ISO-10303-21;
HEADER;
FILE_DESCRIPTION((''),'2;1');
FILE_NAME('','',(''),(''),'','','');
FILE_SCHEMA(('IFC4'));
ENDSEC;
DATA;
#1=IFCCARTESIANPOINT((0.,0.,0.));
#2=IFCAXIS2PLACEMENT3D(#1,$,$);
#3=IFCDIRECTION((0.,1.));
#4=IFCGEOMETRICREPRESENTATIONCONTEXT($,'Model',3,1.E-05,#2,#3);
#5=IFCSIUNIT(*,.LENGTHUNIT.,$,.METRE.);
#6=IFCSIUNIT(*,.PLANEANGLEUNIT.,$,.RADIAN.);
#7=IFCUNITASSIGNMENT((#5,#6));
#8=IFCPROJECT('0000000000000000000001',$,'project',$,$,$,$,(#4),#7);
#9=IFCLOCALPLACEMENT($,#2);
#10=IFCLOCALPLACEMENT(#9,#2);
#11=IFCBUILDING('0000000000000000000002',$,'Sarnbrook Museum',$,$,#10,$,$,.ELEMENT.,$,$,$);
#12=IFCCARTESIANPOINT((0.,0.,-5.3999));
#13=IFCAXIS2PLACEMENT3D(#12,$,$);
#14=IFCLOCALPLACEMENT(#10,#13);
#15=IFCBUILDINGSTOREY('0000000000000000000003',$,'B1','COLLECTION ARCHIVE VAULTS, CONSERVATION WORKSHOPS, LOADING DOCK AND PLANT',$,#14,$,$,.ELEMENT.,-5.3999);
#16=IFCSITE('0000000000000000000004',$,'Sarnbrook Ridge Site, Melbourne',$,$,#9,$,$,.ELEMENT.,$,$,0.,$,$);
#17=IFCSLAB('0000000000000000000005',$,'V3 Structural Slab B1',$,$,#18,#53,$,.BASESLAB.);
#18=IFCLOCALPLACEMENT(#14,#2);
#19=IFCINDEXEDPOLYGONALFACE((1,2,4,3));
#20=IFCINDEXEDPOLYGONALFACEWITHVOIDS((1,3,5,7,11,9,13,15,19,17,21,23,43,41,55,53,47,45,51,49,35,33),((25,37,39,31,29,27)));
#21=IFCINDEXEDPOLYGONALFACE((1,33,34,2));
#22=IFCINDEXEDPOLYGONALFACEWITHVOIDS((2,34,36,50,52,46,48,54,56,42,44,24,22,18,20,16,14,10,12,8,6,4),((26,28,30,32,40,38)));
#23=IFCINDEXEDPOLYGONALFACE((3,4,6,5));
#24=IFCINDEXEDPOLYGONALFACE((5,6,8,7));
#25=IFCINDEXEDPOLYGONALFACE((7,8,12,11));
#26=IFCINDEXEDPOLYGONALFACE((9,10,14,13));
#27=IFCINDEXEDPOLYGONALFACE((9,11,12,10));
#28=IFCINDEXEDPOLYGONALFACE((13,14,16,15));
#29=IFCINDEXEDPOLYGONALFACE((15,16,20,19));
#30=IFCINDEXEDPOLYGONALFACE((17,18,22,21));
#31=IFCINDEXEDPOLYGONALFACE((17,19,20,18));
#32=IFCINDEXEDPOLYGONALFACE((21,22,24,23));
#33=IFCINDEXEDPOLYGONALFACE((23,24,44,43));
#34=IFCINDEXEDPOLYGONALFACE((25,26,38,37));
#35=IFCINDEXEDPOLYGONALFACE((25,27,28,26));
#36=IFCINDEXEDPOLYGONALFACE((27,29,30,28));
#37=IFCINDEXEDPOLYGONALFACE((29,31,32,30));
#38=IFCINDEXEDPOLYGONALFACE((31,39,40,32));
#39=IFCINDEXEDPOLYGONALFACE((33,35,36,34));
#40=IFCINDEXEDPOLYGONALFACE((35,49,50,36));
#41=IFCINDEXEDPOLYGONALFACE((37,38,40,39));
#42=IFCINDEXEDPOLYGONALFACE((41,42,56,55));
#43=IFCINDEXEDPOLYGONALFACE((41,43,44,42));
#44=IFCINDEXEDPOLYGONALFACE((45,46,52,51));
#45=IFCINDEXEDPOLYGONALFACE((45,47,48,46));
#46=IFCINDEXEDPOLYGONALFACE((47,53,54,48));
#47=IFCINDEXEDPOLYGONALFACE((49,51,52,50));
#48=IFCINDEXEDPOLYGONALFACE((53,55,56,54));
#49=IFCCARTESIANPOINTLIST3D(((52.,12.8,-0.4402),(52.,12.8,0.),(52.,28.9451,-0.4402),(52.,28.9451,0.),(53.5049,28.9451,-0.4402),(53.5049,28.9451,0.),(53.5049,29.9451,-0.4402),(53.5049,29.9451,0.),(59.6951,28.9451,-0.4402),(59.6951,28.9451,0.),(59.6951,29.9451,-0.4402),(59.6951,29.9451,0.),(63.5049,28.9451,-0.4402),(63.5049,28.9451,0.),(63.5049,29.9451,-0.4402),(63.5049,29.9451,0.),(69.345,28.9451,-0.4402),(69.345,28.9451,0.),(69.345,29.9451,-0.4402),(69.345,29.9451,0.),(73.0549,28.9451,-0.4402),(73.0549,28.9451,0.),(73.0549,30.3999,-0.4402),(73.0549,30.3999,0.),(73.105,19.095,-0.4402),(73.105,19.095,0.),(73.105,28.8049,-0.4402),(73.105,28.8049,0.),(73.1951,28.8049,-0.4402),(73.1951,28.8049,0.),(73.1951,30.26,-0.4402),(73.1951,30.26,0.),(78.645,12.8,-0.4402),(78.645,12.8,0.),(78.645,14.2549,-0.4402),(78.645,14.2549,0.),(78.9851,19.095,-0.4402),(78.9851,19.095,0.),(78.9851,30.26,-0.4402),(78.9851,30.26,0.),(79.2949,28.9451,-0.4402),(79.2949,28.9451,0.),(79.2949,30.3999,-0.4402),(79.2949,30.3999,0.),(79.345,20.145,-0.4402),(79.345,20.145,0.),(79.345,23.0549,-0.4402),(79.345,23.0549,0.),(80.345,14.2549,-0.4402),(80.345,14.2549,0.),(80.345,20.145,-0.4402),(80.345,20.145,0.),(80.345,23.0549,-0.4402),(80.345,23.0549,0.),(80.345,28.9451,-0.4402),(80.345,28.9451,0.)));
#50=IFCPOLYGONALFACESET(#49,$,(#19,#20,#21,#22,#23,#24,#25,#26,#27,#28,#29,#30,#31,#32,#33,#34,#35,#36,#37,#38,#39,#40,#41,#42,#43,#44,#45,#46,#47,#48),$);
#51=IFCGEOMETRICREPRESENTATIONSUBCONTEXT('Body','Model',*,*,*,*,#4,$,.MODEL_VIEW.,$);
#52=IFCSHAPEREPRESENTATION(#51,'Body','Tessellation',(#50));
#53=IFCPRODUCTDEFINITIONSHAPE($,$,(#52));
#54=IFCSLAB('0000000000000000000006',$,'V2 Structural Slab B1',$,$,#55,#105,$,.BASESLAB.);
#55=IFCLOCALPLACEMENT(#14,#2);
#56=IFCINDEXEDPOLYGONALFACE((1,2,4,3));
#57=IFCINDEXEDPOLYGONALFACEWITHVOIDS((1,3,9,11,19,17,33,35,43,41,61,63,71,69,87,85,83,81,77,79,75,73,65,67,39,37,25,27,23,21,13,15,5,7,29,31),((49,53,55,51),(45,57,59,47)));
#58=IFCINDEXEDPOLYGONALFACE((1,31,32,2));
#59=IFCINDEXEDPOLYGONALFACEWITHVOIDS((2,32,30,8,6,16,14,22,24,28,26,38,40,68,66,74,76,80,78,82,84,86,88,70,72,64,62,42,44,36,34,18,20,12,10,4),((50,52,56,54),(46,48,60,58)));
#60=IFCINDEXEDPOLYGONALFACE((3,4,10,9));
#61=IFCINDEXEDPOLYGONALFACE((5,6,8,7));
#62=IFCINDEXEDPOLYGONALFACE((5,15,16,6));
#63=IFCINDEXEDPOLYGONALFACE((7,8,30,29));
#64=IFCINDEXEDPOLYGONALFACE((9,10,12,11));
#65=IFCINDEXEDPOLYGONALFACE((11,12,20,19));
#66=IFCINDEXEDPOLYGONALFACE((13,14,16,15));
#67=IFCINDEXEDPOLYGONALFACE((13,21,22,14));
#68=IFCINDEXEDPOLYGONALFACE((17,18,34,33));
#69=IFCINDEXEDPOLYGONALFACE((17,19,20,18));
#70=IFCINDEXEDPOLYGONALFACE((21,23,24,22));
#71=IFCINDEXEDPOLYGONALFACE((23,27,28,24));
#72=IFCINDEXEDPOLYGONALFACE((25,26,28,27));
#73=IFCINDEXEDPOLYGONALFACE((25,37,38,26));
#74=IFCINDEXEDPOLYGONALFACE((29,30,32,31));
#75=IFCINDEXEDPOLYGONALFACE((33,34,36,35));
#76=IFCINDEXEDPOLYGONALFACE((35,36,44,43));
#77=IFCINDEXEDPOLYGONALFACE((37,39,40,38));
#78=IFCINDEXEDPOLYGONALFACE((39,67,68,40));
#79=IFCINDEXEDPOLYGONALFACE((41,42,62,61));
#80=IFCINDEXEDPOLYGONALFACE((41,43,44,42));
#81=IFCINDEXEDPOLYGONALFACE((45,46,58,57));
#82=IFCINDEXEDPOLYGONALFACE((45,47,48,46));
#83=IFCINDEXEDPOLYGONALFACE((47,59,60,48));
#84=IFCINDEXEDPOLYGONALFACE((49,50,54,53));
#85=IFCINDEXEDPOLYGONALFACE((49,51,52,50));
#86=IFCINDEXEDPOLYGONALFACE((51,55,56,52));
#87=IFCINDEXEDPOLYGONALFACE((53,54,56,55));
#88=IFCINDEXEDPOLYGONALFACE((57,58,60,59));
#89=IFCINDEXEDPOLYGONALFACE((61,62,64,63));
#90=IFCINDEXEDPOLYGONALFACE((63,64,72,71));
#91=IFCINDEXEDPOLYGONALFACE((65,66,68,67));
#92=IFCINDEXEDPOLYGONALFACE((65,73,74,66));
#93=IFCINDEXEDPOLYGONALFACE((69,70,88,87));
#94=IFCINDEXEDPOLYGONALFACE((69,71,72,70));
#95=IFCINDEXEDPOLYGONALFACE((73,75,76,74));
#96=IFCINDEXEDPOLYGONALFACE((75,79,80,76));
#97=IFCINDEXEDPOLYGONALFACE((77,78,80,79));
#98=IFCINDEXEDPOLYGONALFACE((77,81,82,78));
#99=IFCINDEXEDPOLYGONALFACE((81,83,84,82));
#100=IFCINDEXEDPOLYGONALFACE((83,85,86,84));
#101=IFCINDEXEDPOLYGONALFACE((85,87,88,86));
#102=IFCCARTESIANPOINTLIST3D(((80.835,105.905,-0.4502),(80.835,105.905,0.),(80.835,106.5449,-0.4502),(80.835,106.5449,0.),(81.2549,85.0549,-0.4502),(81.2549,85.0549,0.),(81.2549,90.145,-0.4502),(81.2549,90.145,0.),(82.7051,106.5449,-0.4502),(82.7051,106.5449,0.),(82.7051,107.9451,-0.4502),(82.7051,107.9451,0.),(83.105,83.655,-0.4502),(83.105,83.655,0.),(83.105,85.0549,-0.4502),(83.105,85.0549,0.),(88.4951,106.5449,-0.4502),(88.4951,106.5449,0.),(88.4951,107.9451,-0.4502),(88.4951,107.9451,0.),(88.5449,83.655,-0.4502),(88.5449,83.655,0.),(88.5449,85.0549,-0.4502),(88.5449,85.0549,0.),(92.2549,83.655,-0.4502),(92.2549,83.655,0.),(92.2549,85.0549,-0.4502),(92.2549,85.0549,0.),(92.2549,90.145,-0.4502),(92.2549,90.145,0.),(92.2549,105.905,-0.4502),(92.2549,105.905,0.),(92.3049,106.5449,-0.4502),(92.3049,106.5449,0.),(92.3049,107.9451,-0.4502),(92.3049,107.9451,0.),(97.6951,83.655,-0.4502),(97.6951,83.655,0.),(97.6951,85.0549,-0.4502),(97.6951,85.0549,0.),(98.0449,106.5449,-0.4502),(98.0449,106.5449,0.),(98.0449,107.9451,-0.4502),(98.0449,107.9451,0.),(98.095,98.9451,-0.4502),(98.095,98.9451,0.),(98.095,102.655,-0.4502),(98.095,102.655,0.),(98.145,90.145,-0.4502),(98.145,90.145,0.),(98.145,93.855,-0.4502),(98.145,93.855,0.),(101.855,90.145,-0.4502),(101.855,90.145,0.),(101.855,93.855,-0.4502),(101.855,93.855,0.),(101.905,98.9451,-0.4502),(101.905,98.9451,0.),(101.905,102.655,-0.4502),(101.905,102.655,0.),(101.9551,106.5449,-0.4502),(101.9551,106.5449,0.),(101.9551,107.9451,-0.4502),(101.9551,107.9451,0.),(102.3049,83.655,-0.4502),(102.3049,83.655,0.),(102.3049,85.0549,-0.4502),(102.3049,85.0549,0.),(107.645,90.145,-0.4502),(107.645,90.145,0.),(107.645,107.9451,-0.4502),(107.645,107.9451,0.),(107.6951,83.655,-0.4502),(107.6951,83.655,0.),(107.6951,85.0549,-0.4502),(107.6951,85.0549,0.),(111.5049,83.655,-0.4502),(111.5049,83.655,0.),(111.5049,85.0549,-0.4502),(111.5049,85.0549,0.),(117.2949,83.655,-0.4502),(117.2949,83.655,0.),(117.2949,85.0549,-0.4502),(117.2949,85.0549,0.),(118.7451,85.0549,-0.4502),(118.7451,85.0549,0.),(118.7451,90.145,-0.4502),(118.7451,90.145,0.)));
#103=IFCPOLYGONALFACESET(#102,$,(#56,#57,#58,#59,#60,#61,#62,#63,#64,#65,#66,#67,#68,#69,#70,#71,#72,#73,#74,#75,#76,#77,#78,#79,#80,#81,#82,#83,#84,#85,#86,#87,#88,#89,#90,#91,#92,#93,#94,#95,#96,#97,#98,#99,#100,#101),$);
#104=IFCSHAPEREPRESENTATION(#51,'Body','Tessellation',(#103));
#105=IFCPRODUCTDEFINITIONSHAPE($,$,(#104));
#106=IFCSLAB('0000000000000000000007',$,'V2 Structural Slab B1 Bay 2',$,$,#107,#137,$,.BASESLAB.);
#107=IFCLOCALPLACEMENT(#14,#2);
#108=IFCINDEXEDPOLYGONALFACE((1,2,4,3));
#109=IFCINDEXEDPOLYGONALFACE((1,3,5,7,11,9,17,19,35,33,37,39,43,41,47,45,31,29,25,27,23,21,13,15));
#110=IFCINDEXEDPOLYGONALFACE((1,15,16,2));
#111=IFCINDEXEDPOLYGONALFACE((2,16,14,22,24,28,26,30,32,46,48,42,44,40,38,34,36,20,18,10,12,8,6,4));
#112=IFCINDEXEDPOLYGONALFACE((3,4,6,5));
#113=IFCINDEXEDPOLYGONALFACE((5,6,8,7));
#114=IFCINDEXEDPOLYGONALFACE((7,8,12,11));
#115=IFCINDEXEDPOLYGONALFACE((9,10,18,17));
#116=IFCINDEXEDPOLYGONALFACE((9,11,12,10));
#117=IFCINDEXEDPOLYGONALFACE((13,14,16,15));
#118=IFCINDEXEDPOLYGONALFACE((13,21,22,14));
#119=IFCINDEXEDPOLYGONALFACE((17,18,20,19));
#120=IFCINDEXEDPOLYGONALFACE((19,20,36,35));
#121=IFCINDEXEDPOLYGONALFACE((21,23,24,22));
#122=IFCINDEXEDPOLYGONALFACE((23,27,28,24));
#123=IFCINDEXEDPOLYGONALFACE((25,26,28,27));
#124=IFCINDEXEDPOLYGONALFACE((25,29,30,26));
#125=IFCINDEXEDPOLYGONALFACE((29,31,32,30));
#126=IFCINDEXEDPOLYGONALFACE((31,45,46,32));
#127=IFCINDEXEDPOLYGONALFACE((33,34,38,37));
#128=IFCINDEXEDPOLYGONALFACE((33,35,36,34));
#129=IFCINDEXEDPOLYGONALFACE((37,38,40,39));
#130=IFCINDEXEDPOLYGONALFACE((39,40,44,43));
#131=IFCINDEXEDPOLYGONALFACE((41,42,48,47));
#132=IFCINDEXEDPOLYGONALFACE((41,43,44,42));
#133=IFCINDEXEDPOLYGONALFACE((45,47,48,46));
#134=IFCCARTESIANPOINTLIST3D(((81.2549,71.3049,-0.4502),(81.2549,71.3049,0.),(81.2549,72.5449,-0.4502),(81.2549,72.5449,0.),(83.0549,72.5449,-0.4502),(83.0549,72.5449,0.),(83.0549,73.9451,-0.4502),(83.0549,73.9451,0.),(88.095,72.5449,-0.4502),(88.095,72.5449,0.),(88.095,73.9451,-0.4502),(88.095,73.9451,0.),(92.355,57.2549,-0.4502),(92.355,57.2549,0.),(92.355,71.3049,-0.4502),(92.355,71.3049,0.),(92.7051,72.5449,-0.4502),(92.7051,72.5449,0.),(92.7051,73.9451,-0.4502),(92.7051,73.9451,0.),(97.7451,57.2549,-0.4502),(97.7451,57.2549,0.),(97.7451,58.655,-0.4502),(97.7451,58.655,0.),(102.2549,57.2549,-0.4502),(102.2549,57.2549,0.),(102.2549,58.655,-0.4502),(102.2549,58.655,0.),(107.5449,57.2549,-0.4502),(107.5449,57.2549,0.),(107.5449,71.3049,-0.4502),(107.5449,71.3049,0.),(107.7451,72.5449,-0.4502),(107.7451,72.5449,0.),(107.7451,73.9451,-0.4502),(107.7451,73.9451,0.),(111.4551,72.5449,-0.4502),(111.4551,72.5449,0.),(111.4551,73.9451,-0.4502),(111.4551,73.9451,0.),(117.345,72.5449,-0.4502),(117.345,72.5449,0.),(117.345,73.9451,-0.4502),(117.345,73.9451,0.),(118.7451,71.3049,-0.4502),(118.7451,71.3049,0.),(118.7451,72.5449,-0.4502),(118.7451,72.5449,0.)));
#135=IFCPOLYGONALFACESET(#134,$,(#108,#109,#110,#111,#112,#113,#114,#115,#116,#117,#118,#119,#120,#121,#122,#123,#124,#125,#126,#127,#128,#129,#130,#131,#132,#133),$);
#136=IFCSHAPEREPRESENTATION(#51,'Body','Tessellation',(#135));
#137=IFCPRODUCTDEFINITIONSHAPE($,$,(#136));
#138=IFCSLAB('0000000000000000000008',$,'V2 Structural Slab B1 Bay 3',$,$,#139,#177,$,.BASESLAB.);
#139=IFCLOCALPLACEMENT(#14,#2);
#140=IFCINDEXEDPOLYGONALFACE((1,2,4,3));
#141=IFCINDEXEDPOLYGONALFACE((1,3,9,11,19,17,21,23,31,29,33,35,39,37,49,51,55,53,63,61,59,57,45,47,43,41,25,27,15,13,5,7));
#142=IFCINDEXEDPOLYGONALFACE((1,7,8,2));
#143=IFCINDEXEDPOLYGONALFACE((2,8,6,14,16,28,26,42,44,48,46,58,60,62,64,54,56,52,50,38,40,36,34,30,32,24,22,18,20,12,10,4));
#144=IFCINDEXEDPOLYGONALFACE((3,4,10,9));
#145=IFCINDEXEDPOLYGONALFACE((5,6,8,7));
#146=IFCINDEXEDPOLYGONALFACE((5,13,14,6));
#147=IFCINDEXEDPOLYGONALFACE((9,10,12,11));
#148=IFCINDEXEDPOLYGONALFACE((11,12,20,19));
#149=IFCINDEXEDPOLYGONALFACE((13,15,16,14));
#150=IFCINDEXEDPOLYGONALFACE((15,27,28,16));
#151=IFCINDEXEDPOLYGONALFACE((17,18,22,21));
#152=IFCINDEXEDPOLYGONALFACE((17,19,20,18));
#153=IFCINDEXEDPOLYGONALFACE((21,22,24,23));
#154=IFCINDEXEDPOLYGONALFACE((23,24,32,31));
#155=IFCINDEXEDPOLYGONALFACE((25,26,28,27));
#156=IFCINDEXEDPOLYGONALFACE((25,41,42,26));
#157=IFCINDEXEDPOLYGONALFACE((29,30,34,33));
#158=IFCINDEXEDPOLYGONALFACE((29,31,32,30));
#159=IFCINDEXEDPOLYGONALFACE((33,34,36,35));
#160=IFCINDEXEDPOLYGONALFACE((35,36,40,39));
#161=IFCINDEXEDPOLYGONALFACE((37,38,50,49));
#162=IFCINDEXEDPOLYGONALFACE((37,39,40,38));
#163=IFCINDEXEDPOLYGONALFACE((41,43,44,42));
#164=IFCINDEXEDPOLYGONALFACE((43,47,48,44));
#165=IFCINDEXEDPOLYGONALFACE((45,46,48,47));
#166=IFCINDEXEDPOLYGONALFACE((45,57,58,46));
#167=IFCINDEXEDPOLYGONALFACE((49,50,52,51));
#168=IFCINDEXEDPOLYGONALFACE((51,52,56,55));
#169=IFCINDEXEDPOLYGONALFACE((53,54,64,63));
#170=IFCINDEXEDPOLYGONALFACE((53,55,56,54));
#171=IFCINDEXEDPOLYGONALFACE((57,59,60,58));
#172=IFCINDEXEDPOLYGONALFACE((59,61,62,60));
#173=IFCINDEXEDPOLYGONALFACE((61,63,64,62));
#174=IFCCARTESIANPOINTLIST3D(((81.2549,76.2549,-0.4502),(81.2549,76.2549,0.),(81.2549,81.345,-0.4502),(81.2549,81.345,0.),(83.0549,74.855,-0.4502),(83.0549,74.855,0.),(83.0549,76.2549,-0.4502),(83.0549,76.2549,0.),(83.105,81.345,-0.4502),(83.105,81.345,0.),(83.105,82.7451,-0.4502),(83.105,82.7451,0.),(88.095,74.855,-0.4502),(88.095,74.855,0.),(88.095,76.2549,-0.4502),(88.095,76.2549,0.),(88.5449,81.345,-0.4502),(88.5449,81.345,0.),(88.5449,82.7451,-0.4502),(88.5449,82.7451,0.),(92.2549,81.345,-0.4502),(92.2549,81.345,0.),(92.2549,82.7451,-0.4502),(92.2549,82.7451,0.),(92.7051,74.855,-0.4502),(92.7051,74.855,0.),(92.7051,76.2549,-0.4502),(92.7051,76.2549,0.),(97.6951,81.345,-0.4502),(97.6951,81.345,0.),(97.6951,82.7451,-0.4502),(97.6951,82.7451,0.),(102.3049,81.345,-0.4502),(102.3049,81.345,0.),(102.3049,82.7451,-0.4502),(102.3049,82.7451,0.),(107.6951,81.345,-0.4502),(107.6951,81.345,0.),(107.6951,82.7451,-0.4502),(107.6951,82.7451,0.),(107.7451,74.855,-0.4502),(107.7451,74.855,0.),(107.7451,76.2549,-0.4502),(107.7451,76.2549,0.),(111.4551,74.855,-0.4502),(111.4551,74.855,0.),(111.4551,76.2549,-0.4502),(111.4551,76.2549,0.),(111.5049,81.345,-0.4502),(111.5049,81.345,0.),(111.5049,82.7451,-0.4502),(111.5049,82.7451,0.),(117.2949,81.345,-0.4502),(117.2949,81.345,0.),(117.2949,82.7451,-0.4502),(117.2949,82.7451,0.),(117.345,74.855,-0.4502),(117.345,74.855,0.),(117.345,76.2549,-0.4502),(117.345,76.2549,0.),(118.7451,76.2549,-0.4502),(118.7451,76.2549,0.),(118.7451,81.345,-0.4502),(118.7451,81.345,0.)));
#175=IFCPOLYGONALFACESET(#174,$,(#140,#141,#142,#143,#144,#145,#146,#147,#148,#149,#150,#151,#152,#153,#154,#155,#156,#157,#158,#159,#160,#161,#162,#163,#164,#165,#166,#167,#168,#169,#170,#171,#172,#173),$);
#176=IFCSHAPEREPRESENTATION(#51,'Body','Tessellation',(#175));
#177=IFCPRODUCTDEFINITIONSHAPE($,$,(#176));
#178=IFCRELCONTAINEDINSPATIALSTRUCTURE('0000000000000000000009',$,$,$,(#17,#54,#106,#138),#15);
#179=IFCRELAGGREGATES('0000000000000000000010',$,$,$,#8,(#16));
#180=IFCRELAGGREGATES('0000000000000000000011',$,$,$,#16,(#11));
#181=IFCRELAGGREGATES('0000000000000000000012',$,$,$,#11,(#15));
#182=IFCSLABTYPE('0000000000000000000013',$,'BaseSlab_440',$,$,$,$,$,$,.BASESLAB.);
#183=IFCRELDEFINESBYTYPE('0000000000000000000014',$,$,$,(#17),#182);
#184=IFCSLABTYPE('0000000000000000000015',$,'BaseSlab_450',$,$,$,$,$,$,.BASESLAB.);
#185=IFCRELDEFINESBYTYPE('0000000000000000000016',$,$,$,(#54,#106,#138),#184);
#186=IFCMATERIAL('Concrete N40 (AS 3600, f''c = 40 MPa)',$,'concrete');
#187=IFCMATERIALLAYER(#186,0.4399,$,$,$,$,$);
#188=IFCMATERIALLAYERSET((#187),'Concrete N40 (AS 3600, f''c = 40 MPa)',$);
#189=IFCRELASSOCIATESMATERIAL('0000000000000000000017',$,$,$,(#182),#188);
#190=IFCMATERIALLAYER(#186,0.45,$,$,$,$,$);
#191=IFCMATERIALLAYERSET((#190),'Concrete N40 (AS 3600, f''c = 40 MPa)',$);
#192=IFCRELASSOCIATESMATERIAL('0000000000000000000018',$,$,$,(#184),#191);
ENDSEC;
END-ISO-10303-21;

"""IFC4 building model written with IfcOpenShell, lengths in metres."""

from ifc_helpers import new_model, si_unit, direction, frame, origin, place, context, subcontext, project, spatial, polyline, outline, extrude, material, layer, layer_set, type_object, element, save


model = new_model("IFC4")

# Units and contexts
model_context = context("Model", 3, precision=1e-05, world=origin(), true_north=direction((0.0, 1.0)))
body_context = subcontext(model_context, "Body", "Model", "MODEL_VIEW")
ifc_project = project(units=[si_unit("LENGTHUNIT", "METRE"), si_unit("PLANEANGLEUNIT", "RADIAN")], contexts=[model_context])

# Site, building, storey
site_placement = place(None, origin())
site = spatial("IfcSite", under=ifc_project, at=site_placement, Name="Sarnbrook Ridge Site, Melbourne", CompositionType="ELEMENT", RefElevation=0.0)
building_placement = place(site_placement, origin())
building = spatial("IfcBuilding", under=site, at=building_placement, Name="Sarnbrook Museum", CompositionType="ELEMENT")
storey_placement = place(building_placement, frame((0.0, 0.0, -5.3999)))
storey = spatial("IfcBuildingStorey", under=building, at=storey_placement, Name="B1", Description="COLLECTION ARCHIVE VAULTS, CONSERVATION WORKSHOPS, LOADING DOCK AND PLANT", CompositionType="ELEMENT", Elevation=-5.3999)

# Slabs
ifc_material = material(Name="Concrete N40 (AS 3600, f'c = 40 MPa)", Category="concrete")
ifc_layer_1 = layer(ifc_material, 0.4399)
ifc_layer_set_1 = layer_set([ifc_layer_1], Name="Concrete N40 (AS 3600, f'c = 40 MPa)")
slab_type_1 = type_object("IfcSlabType", Name="BaseSlab_440", PredefinedType="BASESLAB", material=ifc_layer_set_1)
slab_1_placement = place(storey_placement, frame((0.0, 0.0, -0.4402)))
element("IfcSlab", 1, at=slab_1_placement, inside=storey, type_object=slab_type_1, Name="V3 Structural Slab B1", PredefinedType="BASESLAB", context=body_context, shape_type="SweptSolid", body=[
    extrude(outline(polyline([(79.2949, 28.9451), (80.345, 28.9451), (80.345, 23.0549), (79.345, 23.0549), (79.345, 20.145), (80.345, 20.145), (80.345, 14.2549), (78.645, 14.2549), (78.645, 12.8), (52.0, 12.8), (52.0, 28.9451), (53.5049, 28.9451), (53.5049, 29.9451), (59.6951, 29.9451), (59.6951, 28.9451), (63.5049, 28.9451), (63.5049, 29.9451), (69.345, 29.9451), (69.345, 28.9451), (73.0549, 28.9451), (73.0549, 30.3999), (79.2949, 30.3999), (79.2949, 28.9451)]), holes=[polyline([(78.9851, 19.095), (73.105, 19.095), (73.105, 28.8049), (73.1951, 28.8049), (73.1951, 30.26), (78.9851, 30.26), (78.9851, 19.095)])]), origin(), (0.0, 0.0, 1.0), 0.4402),
])
ifc_layer_2 = layer(ifc_material, 0.45)
ifc_layer_set_2 = layer_set([ifc_layer_2], Name="Concrete N40 (AS 3600, f'c = 40 MPa)")
slab_type_2 = type_object("IfcSlabType", Name="BaseSlab_450", PredefinedType="BASESLAB", material=ifc_layer_set_2)
slab_2_placement = place(storey_placement, frame((0.0, 0.0, -0.4502)))
element("IfcSlab", 2, at=slab_2_placement, inside=storey, type_object=slab_type_2, Name="V2 Structural Slab B1", PredefinedType="BASESLAB", context=body_context, shape_type="SweptSolid", body=[
    extrude(outline(polyline([(82.7051, 106.5449), (82.7051, 107.9451), (88.4951, 107.9451), (88.4951, 106.5449), (92.3049, 106.5449), (92.3049, 107.9451), (98.0449, 107.9451), (98.0449, 106.5449), (101.9551, 106.5449), (101.9551, 107.9451), (107.645, 107.9451), (107.645, 90.145), (118.7451, 90.145), (118.7451, 85.0549), (117.2949, 85.0549), (117.2949, 83.655), (111.5049, 83.655), (111.5049, 85.0549), (107.6951, 85.0549), (107.6951, 83.655), (102.3049, 83.655), (102.3049, 85.0549), (97.6951, 85.0549), (97.6951, 83.655), (92.2549, 83.655), (92.2549, 85.0549), (88.5449, 85.0549), (88.5449, 83.655), (83.105, 83.655), (83.105, 85.0549), (81.2549, 85.0549), (81.2549, 90.145), (92.2549, 90.145), (92.2549, 105.905), (80.835, 105.905), (80.835, 106.5449), (82.7051, 106.5449)]), holes=[polyline([(101.855, 90.145), (98.145, 90.145), (98.145, 93.855), (101.855, 93.855), (101.855, 90.145)]), polyline([(101.905, 98.9451), (98.095, 98.9451), (98.095, 102.655), (101.905, 102.655), (101.905, 98.9451)])]), origin(), (0.0, 0.0, 1.0), 0.4502),
])
slab_3_placement = place(storey_placement, frame((0.0, 0.0, -0.4502)))
element("IfcSlab", 3, at=slab_3_placement, inside=storey, type_object=slab_type_2, Name="V2 Structural Slab B1 Bay 2", PredefinedType="BASESLAB", context=body_context, shape_type="SweptSolid", body=[
    extrude(outline(polyline([(92.7051, 73.9451), (107.7451, 73.9451), (107.7451, 72.5449), (111.4551, 72.5449), (111.4551, 73.9451), (117.345, 73.9451), (117.345, 72.5449), (118.7451, 72.5449), (118.7451, 71.3049), (107.5449, 71.3049), (107.5449, 57.2549), (102.2549, 57.2549), (102.2549, 58.655), (97.7451, 58.655), (97.7451, 57.2549), (92.355, 57.2549), (92.355, 71.3049), (81.2549, 71.3049), (81.2549, 72.5449), (83.0549, 72.5449), (83.0549, 73.9451), (88.095, 73.9451), (88.095, 72.5449), (92.7051, 72.5449), (92.7051, 73.9451)])), origin(), (0.0, 0.0, 1.0), 0.4502),
])
slab_4_placement = place(storey_placement, frame((0.0, 0.0, -0.4502)))
element("IfcSlab", 4, at=slab_4_placement, inside=storey, type_object=slab_type_2, Name="V2 Structural Slab B1 Bay 3", PredefinedType="BASESLAB", context=body_context, shape_type="SweptSolid", body=[
    extrude(outline(polyline([(97.6951, 82.7451), (97.6951, 81.345), (102.3049, 81.345), (102.3049, 82.7451), (107.6951, 82.7451), (107.6951, 81.345), (111.5049, 81.345), (111.5049, 82.7451), (117.2949, 82.7451), (117.2949, 81.345), (118.7451, 81.345), (118.7451, 76.2549), (117.345, 76.2549), (117.345, 74.855), (111.4551, 74.855), (111.4551, 76.2549), (107.7451, 76.2549), (107.7451, 74.855), (92.7051, 74.855), (92.7051, 76.2549), (88.095, 76.2549), (88.095, 74.855), (83.0549, 74.855), (83.0549, 76.2549), (81.2549, 76.2549), (81.2549, 81.345), (83.105, 81.345), (83.105, 82.7451), (88.5449, 82.7451), (88.5449, 81.345), (92.2549, 81.345), (92.2549, 82.7451), (97.6951, 82.7451)])), origin(), (0.0, 0.0, 1.0), 0.4502),
])

save(model, "model.ifc")
